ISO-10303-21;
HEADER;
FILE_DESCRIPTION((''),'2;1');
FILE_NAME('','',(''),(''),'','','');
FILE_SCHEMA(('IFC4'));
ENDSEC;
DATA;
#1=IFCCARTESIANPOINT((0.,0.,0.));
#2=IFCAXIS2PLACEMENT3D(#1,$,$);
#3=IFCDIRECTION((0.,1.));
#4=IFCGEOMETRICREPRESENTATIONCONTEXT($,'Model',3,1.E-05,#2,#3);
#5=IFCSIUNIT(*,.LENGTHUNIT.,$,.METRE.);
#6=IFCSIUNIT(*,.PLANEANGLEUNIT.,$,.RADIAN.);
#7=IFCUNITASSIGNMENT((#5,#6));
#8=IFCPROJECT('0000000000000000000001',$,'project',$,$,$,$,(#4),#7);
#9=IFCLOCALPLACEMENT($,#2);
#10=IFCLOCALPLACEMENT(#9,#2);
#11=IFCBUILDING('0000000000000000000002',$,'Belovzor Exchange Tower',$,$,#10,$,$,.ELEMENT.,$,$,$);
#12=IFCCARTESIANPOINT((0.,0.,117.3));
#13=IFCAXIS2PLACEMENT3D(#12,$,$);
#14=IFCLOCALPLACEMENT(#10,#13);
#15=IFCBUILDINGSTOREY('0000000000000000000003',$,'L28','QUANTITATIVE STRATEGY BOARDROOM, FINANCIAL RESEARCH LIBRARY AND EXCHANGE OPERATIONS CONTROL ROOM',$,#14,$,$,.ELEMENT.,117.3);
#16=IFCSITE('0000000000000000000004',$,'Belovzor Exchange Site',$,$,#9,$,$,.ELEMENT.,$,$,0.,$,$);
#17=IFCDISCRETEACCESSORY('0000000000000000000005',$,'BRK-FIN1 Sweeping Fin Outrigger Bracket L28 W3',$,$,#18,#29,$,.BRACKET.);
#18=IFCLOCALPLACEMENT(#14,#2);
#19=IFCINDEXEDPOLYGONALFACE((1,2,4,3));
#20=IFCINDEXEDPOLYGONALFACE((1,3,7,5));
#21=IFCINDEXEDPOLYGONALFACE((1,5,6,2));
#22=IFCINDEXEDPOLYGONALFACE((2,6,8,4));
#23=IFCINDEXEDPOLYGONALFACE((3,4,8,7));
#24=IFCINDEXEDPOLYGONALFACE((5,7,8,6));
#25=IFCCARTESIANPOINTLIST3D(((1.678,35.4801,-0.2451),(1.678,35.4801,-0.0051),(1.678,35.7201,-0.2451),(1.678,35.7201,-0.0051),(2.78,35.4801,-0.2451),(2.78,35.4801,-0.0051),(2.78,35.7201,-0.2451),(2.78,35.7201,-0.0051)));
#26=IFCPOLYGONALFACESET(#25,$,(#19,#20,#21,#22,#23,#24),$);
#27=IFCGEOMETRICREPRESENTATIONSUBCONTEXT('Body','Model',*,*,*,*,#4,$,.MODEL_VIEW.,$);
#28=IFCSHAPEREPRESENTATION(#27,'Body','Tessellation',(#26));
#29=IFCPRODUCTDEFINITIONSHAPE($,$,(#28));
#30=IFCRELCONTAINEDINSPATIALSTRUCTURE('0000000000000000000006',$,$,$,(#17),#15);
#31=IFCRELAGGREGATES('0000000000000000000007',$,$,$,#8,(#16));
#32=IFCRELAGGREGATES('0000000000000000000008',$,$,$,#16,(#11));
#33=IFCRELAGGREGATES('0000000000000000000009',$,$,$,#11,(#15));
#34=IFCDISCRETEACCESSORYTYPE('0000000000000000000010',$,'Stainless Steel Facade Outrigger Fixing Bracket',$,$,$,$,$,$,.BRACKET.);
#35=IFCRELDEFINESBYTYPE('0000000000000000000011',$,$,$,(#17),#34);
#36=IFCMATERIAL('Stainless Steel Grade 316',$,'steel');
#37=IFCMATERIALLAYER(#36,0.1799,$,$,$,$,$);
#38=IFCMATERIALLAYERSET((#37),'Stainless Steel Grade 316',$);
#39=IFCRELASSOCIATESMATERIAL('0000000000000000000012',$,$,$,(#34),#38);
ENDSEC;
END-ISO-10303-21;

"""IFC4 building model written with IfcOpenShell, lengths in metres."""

from ifc_helpers import new_model, si_unit, direction, frame, origin, origin_2d, place, context, subcontext, project, spatial, rectangle, extrude, material, layer, layer_set, type_object, element, save


model = new_model("IFC4")

# Units and contexts
model_context = context("Model", 3, precision=1e-05, world=origin(), true_north=direction((0.0, 1.0)))
body_context = subcontext(model_context, "Body", "Model", "MODEL_VIEW")
ifc_project = project(units=[si_unit("LENGTHUNIT", "METRE"), si_unit("PLANEANGLEUNIT", "RADIAN")], contexts=[model_context])

# Site, building, storey
site_placement = place(None, origin())
site = spatial("IfcSite", under=ifc_project, at=site_placement, Name="Belovzor Exchange Site", CompositionType="ELEMENT", RefElevation=0.0)
building_placement = place(site_placement, origin())
building = spatial("IfcBuilding", under=site, at=building_placement, Name="Belovzor Exchange Tower", CompositionType="ELEMENT")
storey_placement = place(building_placement, frame((0.0, 0.0, 117.3)))
storey = spatial("IfcBuildingStorey", under=building, at=storey_placement, Name="L28", Description="QUANTITATIVE STRATEGY BOARDROOM, FINANCIAL RESEARCH LIBRARY AND EXCHANGE OPERATIONS CONTROL ROOM", CompositionType="ELEMENT", Elevation=117.3)

# Discrete accessory
ifc_material_1 = material(Name="Stainless Steel Grade 316", Category="steel")
ifc_layer_1 = layer(ifc_material_1, 0.1799)
ifc_layer_set_1 = layer_set([ifc_layer_1], Name="Stainless Steel Grade 316")
discrete_accessory_type = type_object("IfcDiscreteAccessoryType", Name="Stainless Steel Facade Outrigger Fixing Bracket", PredefinedType="BRACKET", material=ifc_layer_set_1)
discrete_accessory_placement = place(storey_placement, frame((2.229, 35.6001, -0.2451), z_axis=(0.0, 0.0, 1.0), x_axis=(1.0, 0.0, 0.0)))
element("IfcDiscreteAccessory", 1, at=discrete_accessory_placement, inside=storey, type_object=discrete_accessory_type, Name="BRK-FIN1 Sweeping Fin Outrigger Bracket L28 W3", PredefinedType="BRACKET", context=body_context, shape_type="SweptSolid", body=[
    extrude(rectangle(XDim=1.1021, YDim=0.24, at=origin_2d()), origin(), (0.0, 0.0, 1.0), 0.24),
])

save(model, "model.ifc")
